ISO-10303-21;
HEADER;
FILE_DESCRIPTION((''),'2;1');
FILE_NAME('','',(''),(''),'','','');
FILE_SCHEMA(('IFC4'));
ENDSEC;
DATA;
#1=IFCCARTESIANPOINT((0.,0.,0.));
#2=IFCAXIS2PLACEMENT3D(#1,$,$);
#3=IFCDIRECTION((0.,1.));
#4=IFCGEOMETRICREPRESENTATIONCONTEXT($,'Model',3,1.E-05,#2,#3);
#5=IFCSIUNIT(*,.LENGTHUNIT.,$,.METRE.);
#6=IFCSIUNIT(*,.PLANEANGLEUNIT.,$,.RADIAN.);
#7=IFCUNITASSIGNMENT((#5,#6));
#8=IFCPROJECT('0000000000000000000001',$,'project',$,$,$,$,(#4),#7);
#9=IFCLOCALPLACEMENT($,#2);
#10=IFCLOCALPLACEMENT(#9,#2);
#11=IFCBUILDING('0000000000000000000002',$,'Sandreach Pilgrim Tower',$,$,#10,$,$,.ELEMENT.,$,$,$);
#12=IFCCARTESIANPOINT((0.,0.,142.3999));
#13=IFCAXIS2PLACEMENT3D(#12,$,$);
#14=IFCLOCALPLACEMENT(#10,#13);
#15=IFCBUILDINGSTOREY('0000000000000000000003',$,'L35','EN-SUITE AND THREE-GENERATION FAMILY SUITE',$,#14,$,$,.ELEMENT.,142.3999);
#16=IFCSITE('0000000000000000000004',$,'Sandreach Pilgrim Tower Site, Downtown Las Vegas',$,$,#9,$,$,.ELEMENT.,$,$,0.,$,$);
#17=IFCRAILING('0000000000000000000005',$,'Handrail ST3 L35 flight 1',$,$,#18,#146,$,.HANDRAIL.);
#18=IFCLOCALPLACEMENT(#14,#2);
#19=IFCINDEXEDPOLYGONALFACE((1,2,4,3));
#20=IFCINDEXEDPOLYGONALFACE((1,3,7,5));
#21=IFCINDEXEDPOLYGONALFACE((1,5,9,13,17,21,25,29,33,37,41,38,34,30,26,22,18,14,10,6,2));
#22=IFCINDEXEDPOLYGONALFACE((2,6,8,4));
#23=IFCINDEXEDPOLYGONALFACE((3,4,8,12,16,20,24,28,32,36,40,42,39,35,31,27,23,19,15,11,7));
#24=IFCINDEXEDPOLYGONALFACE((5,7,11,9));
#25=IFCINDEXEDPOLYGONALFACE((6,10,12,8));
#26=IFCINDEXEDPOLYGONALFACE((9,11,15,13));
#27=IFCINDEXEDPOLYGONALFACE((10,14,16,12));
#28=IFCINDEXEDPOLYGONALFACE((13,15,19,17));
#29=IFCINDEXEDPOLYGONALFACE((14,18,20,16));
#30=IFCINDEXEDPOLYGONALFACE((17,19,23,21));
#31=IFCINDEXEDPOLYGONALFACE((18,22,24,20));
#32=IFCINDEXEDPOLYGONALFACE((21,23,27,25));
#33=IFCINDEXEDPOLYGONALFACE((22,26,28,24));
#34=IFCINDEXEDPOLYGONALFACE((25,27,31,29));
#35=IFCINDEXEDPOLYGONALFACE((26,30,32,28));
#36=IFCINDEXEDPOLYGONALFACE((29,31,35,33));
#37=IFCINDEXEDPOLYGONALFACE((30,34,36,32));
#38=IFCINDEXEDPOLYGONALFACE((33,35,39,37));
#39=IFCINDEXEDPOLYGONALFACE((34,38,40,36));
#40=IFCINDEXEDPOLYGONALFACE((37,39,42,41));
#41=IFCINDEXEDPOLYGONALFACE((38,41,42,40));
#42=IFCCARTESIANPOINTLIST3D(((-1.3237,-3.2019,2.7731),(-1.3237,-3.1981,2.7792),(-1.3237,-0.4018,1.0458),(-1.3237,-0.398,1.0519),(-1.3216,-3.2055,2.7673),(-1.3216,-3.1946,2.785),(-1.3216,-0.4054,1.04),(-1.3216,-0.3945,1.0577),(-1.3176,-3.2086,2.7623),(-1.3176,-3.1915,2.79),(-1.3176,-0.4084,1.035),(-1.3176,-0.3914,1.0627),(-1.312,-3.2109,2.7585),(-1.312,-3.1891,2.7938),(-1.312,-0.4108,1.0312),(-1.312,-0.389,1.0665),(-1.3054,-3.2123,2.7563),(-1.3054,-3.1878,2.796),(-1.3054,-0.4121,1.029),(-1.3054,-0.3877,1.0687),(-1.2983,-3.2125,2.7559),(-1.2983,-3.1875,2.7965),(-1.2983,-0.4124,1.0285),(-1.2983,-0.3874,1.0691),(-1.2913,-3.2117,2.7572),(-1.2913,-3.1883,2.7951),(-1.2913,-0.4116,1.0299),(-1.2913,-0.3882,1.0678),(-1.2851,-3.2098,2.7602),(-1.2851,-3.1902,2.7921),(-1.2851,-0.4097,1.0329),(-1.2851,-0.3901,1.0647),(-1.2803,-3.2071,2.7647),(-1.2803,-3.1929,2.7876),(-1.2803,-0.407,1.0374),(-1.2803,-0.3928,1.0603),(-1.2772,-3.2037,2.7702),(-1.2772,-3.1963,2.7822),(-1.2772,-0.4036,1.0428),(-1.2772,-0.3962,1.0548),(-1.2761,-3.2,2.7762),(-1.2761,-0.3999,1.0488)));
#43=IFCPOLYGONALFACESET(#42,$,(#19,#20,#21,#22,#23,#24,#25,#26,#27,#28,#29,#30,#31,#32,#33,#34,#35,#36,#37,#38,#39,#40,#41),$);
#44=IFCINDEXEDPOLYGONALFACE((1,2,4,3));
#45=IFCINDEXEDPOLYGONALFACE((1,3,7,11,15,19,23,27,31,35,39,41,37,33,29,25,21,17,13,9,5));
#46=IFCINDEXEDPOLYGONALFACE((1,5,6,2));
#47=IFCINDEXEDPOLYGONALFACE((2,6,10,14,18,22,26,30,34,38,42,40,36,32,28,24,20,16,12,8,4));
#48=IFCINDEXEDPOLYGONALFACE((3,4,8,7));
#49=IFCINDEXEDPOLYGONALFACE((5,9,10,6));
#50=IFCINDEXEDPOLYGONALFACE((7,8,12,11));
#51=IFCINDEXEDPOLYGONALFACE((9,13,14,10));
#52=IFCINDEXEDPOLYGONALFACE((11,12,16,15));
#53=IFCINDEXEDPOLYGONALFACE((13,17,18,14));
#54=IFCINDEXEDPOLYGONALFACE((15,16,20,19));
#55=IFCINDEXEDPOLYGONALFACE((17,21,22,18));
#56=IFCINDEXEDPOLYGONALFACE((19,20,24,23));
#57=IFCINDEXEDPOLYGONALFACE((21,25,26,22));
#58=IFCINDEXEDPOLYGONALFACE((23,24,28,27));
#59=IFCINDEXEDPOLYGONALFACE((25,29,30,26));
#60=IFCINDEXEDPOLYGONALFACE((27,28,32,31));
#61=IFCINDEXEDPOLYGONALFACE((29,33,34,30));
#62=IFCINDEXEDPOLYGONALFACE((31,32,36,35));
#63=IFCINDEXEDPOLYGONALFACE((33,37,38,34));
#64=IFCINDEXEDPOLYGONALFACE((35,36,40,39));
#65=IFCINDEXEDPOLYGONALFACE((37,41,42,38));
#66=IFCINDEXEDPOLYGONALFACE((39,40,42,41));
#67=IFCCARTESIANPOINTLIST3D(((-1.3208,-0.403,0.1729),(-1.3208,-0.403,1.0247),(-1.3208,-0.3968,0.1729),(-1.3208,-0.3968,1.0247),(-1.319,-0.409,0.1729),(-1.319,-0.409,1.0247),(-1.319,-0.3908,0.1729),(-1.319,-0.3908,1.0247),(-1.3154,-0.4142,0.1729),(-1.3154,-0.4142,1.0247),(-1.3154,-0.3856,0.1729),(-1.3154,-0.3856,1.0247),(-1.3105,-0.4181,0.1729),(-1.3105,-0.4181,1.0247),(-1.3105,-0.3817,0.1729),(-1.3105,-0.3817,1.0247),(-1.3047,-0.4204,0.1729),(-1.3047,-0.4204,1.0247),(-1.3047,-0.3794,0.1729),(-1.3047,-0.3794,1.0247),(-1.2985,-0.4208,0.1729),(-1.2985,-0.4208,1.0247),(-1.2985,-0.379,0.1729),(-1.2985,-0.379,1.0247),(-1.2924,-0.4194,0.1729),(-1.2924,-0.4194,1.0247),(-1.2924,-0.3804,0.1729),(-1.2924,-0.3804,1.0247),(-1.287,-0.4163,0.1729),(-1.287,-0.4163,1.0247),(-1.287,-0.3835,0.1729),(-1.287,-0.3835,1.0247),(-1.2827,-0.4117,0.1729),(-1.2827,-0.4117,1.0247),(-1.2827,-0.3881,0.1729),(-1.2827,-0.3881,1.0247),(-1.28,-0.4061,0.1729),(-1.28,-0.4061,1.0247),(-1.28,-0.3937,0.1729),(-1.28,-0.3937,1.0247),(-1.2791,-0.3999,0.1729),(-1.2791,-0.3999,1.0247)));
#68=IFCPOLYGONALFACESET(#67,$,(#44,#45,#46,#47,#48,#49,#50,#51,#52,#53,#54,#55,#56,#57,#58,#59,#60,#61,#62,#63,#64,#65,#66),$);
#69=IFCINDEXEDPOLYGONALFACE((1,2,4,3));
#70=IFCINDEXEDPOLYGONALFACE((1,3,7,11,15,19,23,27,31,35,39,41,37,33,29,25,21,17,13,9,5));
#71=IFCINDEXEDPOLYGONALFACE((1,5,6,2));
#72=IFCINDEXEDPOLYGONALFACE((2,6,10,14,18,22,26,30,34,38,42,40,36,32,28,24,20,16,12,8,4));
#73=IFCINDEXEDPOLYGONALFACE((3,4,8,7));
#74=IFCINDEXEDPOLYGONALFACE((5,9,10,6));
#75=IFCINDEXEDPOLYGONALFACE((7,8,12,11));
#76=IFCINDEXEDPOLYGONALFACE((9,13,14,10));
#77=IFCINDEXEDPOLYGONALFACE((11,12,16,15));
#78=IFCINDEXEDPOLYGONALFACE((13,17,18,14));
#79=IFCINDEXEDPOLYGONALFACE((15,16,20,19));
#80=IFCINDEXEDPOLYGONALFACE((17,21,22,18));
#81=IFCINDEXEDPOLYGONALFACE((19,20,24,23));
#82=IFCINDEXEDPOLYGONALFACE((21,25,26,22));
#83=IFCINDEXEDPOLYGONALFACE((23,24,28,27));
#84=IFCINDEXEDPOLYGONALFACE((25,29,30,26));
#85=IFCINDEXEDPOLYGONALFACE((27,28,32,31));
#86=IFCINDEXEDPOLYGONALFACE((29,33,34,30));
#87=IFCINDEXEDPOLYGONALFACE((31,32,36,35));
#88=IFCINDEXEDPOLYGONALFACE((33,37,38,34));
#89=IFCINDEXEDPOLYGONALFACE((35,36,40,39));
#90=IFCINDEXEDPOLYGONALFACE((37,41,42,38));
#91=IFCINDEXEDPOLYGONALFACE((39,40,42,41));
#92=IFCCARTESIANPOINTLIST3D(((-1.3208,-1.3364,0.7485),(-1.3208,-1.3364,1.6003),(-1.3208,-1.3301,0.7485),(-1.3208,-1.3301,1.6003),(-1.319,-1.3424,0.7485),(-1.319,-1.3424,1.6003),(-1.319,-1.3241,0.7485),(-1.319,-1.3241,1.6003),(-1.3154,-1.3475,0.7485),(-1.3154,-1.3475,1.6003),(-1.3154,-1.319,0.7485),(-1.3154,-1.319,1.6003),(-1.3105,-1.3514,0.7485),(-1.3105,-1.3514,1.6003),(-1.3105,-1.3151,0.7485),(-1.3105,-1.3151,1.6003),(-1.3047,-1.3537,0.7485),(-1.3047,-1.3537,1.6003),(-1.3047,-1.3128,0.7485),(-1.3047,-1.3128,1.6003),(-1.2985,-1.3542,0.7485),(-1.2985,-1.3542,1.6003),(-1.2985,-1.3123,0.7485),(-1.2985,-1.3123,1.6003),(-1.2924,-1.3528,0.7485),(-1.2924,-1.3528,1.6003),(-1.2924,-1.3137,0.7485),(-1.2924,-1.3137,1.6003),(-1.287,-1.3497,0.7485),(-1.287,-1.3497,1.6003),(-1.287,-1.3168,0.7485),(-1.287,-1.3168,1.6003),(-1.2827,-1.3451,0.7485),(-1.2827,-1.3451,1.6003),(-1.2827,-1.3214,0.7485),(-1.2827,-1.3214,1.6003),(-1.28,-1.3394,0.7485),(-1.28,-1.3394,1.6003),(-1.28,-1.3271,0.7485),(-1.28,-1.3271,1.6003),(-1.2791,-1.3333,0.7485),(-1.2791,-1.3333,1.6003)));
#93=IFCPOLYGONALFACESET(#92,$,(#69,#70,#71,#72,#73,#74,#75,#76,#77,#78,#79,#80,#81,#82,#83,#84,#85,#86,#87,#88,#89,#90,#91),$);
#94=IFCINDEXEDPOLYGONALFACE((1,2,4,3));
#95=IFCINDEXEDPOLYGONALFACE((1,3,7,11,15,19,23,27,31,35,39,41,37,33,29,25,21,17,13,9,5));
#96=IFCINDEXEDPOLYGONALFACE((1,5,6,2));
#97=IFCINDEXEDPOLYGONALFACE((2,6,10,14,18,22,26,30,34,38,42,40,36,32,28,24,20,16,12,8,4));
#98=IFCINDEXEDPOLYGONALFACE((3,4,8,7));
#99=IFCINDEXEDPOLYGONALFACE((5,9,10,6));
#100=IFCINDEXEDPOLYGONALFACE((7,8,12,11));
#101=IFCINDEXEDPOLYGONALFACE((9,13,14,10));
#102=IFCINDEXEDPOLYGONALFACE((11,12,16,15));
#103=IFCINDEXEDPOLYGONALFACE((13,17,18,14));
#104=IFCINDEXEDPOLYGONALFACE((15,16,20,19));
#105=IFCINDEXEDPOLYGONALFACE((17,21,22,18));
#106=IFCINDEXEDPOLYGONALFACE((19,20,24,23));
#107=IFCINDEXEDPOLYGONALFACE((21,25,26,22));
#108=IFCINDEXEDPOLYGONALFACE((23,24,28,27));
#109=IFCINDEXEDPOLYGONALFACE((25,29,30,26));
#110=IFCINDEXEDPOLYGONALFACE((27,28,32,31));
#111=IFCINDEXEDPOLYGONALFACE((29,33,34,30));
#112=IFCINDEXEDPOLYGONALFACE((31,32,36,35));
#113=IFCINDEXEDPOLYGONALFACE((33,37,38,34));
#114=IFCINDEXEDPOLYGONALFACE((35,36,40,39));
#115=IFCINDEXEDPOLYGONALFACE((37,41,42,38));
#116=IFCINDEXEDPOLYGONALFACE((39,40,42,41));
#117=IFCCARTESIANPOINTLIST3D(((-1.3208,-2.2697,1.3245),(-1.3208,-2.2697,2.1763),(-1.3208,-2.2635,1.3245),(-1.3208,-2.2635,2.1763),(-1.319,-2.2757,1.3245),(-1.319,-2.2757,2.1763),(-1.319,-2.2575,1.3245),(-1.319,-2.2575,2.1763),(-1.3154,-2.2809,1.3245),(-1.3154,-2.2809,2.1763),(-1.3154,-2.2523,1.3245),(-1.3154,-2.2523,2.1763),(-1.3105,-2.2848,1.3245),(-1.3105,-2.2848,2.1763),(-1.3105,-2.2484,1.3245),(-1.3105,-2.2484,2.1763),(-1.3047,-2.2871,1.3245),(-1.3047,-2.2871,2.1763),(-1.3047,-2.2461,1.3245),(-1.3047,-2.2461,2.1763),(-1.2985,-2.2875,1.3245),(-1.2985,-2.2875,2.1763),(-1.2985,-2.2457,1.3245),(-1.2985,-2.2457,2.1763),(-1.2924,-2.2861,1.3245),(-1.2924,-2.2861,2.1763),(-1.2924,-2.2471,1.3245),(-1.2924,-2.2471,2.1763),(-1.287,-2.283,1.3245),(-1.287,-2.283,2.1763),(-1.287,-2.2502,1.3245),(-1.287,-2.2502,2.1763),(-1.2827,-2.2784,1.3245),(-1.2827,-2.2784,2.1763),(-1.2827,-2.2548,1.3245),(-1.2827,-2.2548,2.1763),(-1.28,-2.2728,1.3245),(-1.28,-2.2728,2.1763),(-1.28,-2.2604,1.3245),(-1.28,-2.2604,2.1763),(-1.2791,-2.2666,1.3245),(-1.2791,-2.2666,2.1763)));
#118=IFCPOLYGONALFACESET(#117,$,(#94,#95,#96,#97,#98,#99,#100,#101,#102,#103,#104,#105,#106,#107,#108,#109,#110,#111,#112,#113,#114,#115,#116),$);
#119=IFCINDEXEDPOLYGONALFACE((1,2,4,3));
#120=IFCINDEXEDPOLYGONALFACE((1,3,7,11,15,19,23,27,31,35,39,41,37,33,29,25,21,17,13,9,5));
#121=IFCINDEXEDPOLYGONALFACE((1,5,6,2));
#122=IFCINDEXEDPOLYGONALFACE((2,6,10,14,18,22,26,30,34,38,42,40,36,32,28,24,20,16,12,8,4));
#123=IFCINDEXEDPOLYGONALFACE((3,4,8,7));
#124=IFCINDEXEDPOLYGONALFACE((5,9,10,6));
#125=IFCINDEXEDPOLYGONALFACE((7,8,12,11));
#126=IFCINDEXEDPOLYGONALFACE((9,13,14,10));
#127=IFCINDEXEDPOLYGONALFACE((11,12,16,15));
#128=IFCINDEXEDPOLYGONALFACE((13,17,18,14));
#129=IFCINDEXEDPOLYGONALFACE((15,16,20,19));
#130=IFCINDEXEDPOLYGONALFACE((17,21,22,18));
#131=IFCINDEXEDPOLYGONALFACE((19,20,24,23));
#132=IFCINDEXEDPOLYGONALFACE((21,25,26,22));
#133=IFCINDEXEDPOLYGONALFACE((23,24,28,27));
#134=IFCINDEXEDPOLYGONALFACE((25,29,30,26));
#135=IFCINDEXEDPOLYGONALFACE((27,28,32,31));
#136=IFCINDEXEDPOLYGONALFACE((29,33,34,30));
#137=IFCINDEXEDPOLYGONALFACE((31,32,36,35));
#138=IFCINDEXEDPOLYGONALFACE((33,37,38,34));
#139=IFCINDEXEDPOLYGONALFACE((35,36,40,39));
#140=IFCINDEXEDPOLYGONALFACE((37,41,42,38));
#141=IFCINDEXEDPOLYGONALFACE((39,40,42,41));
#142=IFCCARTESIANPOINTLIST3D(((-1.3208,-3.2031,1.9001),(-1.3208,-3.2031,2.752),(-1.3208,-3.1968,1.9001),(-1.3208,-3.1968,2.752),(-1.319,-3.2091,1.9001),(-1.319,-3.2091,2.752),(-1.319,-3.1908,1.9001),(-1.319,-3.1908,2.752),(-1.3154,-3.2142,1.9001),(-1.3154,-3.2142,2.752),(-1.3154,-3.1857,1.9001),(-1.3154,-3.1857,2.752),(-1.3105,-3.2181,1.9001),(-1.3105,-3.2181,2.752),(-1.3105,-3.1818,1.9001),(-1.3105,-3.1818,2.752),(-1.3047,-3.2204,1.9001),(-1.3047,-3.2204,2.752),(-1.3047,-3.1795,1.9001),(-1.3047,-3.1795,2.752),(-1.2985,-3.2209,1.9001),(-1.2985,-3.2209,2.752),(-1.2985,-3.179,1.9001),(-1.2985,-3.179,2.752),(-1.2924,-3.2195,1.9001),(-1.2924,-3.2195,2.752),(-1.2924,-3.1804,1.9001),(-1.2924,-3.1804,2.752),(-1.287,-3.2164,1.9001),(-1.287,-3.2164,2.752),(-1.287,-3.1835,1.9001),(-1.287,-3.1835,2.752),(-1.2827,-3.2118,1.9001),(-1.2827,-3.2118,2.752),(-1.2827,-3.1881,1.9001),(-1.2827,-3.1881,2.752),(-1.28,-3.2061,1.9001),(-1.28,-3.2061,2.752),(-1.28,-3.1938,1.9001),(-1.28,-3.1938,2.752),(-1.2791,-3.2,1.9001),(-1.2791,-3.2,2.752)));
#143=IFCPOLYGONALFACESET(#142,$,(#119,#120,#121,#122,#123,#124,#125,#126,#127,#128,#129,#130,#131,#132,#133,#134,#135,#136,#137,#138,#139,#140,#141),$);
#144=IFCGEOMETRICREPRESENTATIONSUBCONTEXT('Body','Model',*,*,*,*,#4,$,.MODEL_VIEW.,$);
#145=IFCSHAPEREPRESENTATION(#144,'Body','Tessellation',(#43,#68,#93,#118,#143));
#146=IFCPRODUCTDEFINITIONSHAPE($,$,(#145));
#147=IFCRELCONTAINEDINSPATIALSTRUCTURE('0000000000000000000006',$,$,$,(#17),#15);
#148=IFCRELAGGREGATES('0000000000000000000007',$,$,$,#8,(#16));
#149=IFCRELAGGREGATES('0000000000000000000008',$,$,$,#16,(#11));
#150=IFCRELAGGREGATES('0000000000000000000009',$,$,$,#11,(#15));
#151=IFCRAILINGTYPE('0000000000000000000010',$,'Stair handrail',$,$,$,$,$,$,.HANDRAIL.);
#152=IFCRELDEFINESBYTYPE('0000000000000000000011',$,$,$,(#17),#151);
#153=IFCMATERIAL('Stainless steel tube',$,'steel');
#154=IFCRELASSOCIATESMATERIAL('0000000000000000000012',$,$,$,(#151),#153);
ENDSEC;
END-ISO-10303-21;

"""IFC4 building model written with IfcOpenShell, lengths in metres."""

from ifc_helpers import new_model, si_unit, direction, frame, origin, origin_2d, place, context, subcontext, project, spatial, circle, extrude, material, type_object, element, save


model = new_model("IFC4")

# Units and contexts
model_context = context("Model", 3, precision=1e-05, world=origin(), true_north=direction((0.0, 1.0)))
body_context = subcontext(model_context, "Body", "Model", "MODEL_VIEW")
ifc_project = project(units=[si_unit("LENGTHUNIT", "METRE"), si_unit("PLANEANGLEUNIT", "RADIAN")], contexts=[model_context])

# Site, building, storey
site_placement = place(None, origin())
site = spatial("IfcSite", under=ifc_project, at=site_placement, Name="Sandreach Pilgrim Tower Site, Downtown Las Vegas", CompositionType="ELEMENT", RefElevation=0.0)
building_placement = place(site_placement, origin())
building = spatial("IfcBuilding", under=site, at=building_placement, Name="Sandreach Pilgrim Tower", CompositionType="ELEMENT")
storey_placement = place(building_placement, frame((0.0, 0.0, 142.3999)))
storey = spatial("IfcBuildingStorey", under=building, at=storey_placement, Name="L35", Description="EN-SUITE AND THREE-GENERATION FAMILY SUITE", CompositionType="ELEMENT", Elevation=142.3999)

# Railing
ifc_material_1 = material(Name="Stainless steel tube", Category="steel")
railing_type = type_object("IfcRailingType", Name="Stair handrail", PredefinedType="HANDRAIL", material=ifc_material_1)
for number, where, name in (
    (1, (-1.3, -0.3999, 0.1729), "Handrail ST3 L35 flight 1"),
):
    element("IfcRailing", number, at=place(storey_placement, frame(where)), inside=storey, type_object=railing_type, Name=name, PredefinedType="HANDRAIL", context=body_context, shape_type="SweptSolid", body=[
        extrude(circle(Radius=0.0239, at=origin_2d()), frame((0.0, 0.0, 0.876), z_axis=(0.0, -0.85109, 0.52502), x_axis=(1.0, 0.0, 0.0)), (0.0, 0.0, 1.0), 3.29),
        extrude(circle(Radius=0.021, at=origin_2d()), origin(), (0.0, 0.0, 1.0), 0.8518),
        extrude(circle(Radius=0.021, at=origin_2d()), frame((0.0, -0.9333, 0.5757)), (0.0, 0.0, 1.0), 0.8518),
        extrude(circle(Radius=0.021, at=origin_2d()), frame((0.0, -1.8667, 1.1516)), (0.0, 0.0, 1.0), 0.8518),
        extrude(circle(Radius=0.021, at=origin_2d()), frame((0.0, -2.8, 1.7273)), (0.0, 0.0, 1.0), 0.8518),
    ])

save(model, "model.ifc")
